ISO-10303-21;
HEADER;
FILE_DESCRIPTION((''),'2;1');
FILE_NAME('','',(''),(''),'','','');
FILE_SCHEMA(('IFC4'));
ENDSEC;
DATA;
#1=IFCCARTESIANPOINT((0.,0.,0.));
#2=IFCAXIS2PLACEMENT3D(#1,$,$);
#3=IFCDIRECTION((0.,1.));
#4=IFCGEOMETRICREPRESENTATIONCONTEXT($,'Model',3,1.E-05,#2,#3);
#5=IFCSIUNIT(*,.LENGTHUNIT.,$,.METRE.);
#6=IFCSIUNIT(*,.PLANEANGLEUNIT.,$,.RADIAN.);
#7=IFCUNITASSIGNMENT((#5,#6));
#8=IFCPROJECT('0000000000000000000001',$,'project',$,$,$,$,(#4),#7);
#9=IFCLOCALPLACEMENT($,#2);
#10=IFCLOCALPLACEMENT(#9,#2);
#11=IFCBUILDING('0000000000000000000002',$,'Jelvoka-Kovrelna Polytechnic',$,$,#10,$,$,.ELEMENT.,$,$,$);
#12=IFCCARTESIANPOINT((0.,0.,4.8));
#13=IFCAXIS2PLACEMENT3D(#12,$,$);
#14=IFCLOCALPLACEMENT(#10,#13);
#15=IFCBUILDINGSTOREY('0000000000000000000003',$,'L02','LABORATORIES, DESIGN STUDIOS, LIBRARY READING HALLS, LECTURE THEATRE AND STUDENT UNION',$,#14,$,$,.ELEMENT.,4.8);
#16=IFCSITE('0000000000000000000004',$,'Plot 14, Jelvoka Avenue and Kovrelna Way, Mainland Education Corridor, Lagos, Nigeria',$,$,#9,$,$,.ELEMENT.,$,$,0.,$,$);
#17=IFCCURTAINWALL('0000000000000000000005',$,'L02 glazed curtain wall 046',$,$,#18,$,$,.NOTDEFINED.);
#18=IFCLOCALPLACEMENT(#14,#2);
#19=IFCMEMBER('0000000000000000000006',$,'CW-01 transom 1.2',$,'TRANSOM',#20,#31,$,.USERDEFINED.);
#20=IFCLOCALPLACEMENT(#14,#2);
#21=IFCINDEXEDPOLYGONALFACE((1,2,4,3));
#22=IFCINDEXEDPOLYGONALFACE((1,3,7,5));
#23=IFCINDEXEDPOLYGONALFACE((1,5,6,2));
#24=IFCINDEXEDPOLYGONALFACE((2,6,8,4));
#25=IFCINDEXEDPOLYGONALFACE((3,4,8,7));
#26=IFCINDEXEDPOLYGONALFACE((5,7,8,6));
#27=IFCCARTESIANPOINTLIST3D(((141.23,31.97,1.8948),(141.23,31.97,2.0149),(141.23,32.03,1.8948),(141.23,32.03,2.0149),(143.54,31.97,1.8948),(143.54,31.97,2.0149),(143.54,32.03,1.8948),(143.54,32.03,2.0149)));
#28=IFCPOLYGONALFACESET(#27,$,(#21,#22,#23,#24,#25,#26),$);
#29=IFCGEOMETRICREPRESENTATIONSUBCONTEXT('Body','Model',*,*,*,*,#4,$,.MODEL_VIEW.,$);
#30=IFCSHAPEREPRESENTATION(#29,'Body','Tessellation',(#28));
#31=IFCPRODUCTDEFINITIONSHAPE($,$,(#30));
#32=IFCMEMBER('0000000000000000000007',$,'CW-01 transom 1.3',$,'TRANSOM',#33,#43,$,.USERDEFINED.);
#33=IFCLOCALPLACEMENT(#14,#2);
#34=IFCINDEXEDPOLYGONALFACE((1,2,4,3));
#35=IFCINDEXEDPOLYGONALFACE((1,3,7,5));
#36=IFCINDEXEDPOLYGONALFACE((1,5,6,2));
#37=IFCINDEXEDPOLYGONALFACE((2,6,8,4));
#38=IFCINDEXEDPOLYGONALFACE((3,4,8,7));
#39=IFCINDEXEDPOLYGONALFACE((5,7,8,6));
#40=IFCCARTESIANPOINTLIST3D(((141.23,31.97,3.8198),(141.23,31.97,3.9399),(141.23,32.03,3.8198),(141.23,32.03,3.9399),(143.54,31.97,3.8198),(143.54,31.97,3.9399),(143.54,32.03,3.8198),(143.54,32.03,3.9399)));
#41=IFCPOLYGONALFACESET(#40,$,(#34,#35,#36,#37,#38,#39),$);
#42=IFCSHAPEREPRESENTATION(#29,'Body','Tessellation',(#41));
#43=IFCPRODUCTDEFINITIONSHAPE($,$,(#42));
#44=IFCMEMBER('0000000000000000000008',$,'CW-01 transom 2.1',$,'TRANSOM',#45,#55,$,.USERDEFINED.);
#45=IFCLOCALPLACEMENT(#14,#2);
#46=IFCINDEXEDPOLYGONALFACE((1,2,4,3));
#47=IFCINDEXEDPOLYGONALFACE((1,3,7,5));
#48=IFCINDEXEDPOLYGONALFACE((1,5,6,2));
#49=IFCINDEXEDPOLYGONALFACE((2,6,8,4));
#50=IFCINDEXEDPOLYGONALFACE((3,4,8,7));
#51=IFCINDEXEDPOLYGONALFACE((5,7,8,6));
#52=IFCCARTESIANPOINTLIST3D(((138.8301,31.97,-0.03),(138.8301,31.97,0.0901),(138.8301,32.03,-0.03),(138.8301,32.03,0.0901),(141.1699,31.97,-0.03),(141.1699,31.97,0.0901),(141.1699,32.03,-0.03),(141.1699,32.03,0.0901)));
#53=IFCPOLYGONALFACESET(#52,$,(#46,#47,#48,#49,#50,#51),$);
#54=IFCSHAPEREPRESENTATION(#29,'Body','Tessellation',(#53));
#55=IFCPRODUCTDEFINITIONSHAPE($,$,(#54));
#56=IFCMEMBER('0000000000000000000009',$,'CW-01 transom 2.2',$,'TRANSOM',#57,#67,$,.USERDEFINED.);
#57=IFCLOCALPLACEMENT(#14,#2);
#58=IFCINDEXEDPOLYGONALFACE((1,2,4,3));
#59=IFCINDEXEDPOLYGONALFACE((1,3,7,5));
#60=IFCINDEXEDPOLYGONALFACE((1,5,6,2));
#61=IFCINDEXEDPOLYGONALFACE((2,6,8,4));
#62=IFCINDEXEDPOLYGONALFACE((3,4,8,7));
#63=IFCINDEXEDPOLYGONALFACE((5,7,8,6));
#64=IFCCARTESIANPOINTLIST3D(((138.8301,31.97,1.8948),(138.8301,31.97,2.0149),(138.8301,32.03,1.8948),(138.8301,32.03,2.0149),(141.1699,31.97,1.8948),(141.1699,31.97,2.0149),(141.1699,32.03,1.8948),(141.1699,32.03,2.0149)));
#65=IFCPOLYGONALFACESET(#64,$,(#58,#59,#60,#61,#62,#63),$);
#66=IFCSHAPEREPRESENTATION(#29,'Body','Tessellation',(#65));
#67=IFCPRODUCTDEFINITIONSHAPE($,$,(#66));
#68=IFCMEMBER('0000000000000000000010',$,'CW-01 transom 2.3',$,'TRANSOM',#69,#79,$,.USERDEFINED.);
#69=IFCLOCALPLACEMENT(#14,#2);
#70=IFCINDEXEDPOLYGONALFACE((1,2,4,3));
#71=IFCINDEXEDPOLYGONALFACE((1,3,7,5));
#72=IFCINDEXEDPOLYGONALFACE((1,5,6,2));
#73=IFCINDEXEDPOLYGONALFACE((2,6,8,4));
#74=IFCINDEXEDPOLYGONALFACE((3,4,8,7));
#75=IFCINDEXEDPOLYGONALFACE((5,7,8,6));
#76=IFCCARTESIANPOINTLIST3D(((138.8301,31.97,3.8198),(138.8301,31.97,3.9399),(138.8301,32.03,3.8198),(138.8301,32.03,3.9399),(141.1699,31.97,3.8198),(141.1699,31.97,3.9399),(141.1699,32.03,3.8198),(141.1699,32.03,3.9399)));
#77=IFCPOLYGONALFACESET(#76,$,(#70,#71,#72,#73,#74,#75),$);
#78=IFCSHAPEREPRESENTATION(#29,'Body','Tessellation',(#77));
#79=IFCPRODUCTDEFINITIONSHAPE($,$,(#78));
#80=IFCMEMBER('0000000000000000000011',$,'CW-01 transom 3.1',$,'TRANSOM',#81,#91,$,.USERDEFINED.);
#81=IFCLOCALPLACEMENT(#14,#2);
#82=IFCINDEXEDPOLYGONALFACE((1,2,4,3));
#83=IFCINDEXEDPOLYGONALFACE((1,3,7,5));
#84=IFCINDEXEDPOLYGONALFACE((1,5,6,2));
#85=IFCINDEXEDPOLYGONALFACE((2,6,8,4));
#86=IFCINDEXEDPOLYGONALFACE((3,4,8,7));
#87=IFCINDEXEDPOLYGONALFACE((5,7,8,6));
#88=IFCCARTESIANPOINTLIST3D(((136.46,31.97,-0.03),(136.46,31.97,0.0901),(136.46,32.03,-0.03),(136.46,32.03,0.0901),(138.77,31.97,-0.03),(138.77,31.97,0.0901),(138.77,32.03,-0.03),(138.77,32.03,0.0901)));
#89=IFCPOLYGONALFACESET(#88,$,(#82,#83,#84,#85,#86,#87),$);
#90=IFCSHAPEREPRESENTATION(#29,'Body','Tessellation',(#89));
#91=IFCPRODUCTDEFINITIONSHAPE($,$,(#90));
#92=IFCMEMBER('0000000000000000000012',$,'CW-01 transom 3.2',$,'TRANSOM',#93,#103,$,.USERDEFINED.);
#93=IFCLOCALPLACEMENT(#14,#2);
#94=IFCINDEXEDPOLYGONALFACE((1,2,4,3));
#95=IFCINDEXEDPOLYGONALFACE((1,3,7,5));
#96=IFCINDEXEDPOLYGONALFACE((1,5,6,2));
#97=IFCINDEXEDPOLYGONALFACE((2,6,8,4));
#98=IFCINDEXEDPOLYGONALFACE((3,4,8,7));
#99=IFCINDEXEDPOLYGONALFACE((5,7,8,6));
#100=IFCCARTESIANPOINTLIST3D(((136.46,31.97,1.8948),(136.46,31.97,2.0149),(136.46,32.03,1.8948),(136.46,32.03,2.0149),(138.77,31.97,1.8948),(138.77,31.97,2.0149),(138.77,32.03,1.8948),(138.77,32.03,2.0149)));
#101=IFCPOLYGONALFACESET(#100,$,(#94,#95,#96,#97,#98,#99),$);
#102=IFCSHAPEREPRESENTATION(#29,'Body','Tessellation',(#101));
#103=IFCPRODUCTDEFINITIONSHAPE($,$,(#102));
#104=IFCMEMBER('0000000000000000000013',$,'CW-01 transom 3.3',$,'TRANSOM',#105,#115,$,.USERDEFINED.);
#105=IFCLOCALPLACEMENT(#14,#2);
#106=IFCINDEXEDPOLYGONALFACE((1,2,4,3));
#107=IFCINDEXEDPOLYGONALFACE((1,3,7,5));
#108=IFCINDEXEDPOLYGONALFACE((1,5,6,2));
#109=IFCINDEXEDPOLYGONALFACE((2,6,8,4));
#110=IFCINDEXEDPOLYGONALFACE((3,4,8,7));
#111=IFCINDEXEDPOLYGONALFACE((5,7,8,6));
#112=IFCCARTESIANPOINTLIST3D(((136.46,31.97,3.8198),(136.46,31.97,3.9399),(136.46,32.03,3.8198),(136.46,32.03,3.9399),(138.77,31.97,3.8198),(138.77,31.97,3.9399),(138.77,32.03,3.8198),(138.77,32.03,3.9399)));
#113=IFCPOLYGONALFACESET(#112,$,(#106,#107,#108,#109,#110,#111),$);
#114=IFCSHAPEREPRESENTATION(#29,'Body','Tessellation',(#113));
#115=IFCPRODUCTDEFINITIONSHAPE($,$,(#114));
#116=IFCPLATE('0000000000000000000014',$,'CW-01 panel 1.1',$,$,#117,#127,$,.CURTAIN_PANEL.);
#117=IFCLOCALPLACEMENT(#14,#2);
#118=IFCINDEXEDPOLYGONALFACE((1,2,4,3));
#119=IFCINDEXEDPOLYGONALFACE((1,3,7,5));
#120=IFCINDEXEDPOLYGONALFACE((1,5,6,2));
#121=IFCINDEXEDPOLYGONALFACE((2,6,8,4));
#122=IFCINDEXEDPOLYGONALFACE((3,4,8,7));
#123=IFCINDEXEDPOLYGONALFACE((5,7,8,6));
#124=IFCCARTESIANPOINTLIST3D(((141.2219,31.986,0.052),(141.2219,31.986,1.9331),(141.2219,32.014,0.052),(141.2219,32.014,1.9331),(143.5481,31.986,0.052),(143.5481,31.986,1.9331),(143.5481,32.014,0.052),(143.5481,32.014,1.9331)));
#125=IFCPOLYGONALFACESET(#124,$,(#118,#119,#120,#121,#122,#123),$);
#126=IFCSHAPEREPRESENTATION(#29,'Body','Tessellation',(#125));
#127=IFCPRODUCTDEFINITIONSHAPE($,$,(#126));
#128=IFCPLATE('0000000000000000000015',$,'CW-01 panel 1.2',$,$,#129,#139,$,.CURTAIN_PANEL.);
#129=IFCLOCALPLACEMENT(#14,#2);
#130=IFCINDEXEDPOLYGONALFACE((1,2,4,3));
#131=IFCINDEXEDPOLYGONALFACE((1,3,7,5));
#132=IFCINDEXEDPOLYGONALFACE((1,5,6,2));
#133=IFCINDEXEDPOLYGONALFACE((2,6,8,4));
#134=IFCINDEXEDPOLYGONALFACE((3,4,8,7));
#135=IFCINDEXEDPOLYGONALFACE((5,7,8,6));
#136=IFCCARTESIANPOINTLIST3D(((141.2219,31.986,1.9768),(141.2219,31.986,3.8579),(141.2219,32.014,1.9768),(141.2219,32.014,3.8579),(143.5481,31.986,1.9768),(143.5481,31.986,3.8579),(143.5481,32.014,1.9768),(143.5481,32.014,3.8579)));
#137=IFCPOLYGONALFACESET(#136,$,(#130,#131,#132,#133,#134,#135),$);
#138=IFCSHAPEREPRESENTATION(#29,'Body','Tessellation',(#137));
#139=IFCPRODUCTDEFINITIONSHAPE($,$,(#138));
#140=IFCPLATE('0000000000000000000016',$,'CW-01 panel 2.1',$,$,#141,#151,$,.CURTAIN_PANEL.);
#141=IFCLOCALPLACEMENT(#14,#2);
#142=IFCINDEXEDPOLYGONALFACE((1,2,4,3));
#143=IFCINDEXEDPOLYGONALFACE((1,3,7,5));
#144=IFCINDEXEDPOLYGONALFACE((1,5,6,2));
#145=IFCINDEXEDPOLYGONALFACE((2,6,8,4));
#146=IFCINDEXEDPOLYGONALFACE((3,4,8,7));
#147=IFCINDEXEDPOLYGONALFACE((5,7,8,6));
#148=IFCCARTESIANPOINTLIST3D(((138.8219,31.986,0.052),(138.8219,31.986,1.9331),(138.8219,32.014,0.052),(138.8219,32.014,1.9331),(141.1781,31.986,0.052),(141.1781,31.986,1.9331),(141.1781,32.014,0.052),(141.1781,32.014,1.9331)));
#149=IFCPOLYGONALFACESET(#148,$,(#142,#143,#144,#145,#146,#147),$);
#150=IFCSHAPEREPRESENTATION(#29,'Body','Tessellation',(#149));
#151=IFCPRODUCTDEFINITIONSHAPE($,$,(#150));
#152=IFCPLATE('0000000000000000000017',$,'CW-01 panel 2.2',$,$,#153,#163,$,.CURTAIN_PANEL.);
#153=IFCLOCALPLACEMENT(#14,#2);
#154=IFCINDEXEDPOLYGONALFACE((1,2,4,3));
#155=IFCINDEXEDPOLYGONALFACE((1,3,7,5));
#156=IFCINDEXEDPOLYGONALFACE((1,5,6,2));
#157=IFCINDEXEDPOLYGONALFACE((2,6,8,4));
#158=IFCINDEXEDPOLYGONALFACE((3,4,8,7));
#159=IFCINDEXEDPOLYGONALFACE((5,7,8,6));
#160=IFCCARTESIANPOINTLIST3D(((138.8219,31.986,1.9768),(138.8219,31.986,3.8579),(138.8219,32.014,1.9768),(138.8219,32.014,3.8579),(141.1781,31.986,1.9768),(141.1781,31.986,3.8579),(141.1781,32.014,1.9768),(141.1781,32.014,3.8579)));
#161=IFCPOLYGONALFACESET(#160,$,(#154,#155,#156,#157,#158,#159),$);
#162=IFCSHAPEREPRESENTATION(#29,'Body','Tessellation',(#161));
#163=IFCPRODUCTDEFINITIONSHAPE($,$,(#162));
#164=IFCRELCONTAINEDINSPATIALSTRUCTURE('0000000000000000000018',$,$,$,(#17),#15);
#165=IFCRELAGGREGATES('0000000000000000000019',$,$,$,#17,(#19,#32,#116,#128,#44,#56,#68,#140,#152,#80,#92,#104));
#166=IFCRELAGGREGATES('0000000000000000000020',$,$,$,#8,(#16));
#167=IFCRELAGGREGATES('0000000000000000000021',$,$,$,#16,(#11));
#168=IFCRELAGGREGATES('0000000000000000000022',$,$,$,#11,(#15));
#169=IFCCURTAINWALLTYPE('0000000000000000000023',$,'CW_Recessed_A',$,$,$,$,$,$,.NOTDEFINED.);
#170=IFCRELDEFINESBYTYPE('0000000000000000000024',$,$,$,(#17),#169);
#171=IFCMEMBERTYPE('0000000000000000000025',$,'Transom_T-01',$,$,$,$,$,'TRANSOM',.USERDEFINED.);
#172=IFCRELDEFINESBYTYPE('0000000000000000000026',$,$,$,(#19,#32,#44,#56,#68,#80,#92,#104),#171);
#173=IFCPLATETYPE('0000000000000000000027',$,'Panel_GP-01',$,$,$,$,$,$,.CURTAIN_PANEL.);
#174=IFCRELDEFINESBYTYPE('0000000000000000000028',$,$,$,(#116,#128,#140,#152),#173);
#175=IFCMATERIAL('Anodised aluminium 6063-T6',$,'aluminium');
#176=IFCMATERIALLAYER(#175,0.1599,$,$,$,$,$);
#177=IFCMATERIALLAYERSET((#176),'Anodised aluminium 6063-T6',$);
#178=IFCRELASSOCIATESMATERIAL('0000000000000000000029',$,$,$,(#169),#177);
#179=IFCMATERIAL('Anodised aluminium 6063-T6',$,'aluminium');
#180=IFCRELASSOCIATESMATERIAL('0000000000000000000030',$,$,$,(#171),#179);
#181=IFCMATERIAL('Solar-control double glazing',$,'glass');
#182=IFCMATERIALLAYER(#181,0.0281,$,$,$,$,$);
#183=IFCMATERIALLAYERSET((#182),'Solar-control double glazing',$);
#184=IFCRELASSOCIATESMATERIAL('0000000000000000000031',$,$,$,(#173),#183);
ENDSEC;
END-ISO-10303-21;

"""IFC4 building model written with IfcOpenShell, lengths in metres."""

from ifc_helpers import new_model, si_unit, direction, frame, origin, origin_2d, place, context, subcontext, project, spatial, rectangle, extrude, material, layer, layer_set, material_profile, profile_set, type_object, element, aggregate, save


model = new_model("IFC4")

# Units and contexts
model_context = context("Model", 3, precision=1e-05, world=origin(), true_north=direction((0.0, 1.0)))
body_context = subcontext(model_context, "Body", "Model", "MODEL_VIEW")
ifc_project = project(units=[si_unit("LENGTHUNIT", "METRE"), si_unit("PLANEANGLEUNIT", "RADIAN")], contexts=[model_context])

# Site, building, storey
site_placement = place(None, origin())
site = spatial("IfcSite", under=ifc_project, at=site_placement, Name="Plot 14, Jelvoka Avenue and Kovrelna Way, Mainland Education Corridor, Lagos, Nigeria", CompositionType="ELEMENT", RefElevation=0.0)
building_placement = place(site_placement, origin())
building = spatial("IfcBuilding", under=site, at=building_placement, Name="Jelvoka-Kovrelna Polytechnic", CompositionType="ELEMENT")
storey_placement = place(building_placement, frame((0.0, 0.0, 4.8)))
storey = spatial("IfcBuildingStorey", under=building, at=storey_placement, Name="L02", Description="LABORATORIES, DESIGN STUDIOS, LIBRARY READING HALLS, LECTURE THEATRE AND STUDENT UNION", CompositionType="ELEMENT", Elevation=4.8)

# Curtain wall, members, plates
ifc_material_1 = material(Name="Anodised aluminium 6063-T6", Category="aluminium")
ifc_layer_1 = layer(ifc_material_1, 0.1599)
ifc_layer_set_1 = layer_set([ifc_layer_1], Name="Anodised aluminium 6063-T6")
curtain_wall_type = type_object("IfcCurtainWallType", Name="CW_Recessed_A", PredefinedType="NOTDEFINED", material=ifc_layer_set_1)
curtain_wall_placement = place(storey_placement, origin())
curtain_wall = element("IfcCurtainWall", 1, at=curtain_wall_placement, inside=storey, type_object=curtain_wall_type, Name="L02 glazed curtain wall 046", PredefinedType="NOTDEFINED")
ifc_material_2 = material(Name="Anodised aluminium 6063-T6", Category="aluminium")
ifc_material_profile_1 = material_profile(ifc_material_2, rectangle(XDim=0.0601, YDim=0.1201, at=origin_2d()), Name="ALU 60x120")
ifc_profile_set_1 = profile_set([ifc_material_profile_1], Name="Anodised aluminium 6063-T6")
member_type_1 = type_object("IfcMemberType", Name="Transom_T-01", ElementType="TRANSOM", PredefinedType="USERDEFINED", material=ifc_profile_set_1)
member_1_placement = place(storey_placement, frame((143.54, 32.0, 1.9548), z_axis=(-1.0, 0.0, 0.0), x_axis=(0.0, -1.0, 0.0)))
member_1 = element("IfcMember", 2, at=member_1_placement, type_object=member_type_1, Name="CW-01 transom 1.2", ObjectType="TRANSOM", PredefinedType="USERDEFINED", context=body_context, shape_type="SweptSolid", body=[
    extrude(rectangle(XDim=0.0601, YDim=0.1201, at=origin_2d()), origin(), (0.0, 0.0, 1.0), 2.3101),
])
member_2_placement = place(storey_placement, frame((143.54, 32.0, 3.8799), z_axis=(-1.0, 0.0, 0.0), x_axis=(0.0, -1.0, 0.0)))
member_2 = element("IfcMember", 3, at=member_2_placement, type_object=member_type_1, Name="CW-01 transom 1.3", ObjectType="TRANSOM", PredefinedType="USERDEFINED", context=body_context, shape_type="SweptSolid", body=[
    extrude(rectangle(XDim=0.0601, YDim=0.1201, at=origin_2d()), origin(), (0.0, 0.0, 1.0), 2.3101),
])
member_3_placement = place(storey_placement, frame((141.1699, 32.0, 0.03), z_axis=(-1.0, 0.0, 0.0), x_axis=(0.0, -1.0, 0.0)))
member_3 = element("IfcMember", 4, at=member_3_placement, type_object=member_type_1, Name="CW-01 transom 2.1", ObjectType="TRANSOM", PredefinedType="USERDEFINED", context=body_context, shape_type="SweptSolid", body=[
    extrude(rectangle(XDim=0.0601, YDim=0.1201, at=origin_2d()), origin(), (0.0, 0.0, 1.0), 2.3398),
])
member_4_placement = place(storey_placement, frame((141.1699, 32.0, 1.9548), z_axis=(-1.0, 0.0, 0.0), x_axis=(0.0, -1.0, 0.0)))
member_4 = element("IfcMember", 5, at=member_4_placement, type_object=member_type_1, Name="CW-01 transom 2.2", ObjectType="TRANSOM", PredefinedType="USERDEFINED", context=body_context, shape_type="SweptSolid", body=[
    extrude(rectangle(XDim=0.0601, YDim=0.1201, at=origin_2d()), origin(), (0.0, 0.0, 1.0), 2.3398),
])
member_5_placement = place(storey_placement, frame((141.1699, 32.0, 3.8799), z_axis=(-1.0, 0.0, 0.0), x_axis=(0.0, -1.0, 0.0)))
member_5 = element("IfcMember", 6, at=member_5_placement, type_object=member_type_1, Name="CW-01 transom 2.3", ObjectType="TRANSOM", PredefinedType="USERDEFINED", context=body_context, shape_type="SweptSolid", body=[
    extrude(rectangle(XDim=0.0601, YDim=0.1201, at=origin_2d()), origin(), (0.0, 0.0, 1.0), 2.3398),
])
member_6_placement = place(storey_placement, frame((138.77, 32.0, 0.03), z_axis=(-1.0, 0.0, 0.0), x_axis=(0.0, -1.0, 0.0)))
member_6 = element("IfcMember", 7, at=member_6_placement, type_object=member_type_1, Name="CW-01 transom 3.1", ObjectType="TRANSOM", PredefinedType="USERDEFINED", context=body_context, shape_type="SweptSolid", body=[
    extrude(rectangle(XDim=0.0601, YDim=0.1201, at=origin_2d()), origin(), (0.0, 0.0, 1.0), 2.3101),
])
member_7_placement = place(storey_placement, frame((138.77, 32.0, 1.9548), z_axis=(-1.0, 0.0, 0.0), x_axis=(0.0, -1.0, 0.0)))
member_7 = element("IfcMember", 8, at=member_7_placement, type_object=member_type_1, Name="CW-01 transom 3.2", ObjectType="TRANSOM", PredefinedType="USERDEFINED", context=body_context, shape_type="SweptSolid", body=[
    extrude(rectangle(XDim=0.0601, YDim=0.1201, at=origin_2d()), origin(), (0.0, 0.0, 1.0), 2.3101),
])
member_8_placement = place(storey_placement, frame((138.77, 32.0, 3.8799), z_axis=(-1.0, 0.0, 0.0), x_axis=(0.0, -1.0, 0.0)))
member_8 = element("IfcMember", 9, at=member_8_placement, type_object=member_type_1, Name="CW-01 transom 3.3", ObjectType="TRANSOM", PredefinedType="USERDEFINED", context=body_context, shape_type="SweptSolid", body=[
    extrude(rectangle(XDim=0.0601, YDim=0.1201, at=origin_2d()), origin(), (0.0, 0.0, 1.0), 2.3101),
])
ifc_material_3 = material(Name="Solar-control double glazing", Category="glass")
ifc_layer_2 = layer(ifc_material_3, 0.0281)
ifc_layer_set_2 = layer_set([ifc_layer_2], Name="Solar-control double glazing")
plate_type = type_object("IfcPlateType", Name="Panel_GP-01", PredefinedType="CURTAIN_PANEL", material=ifc_layer_set_2)
plate_1_placement = place(storey_placement, frame((142.385, 32.0, 0.052), z_axis=(0.0, 0.0, 1.0), x_axis=(-1.0, 0.0, 0.0)))
plate_1 = element("IfcPlate", 10, at=plate_1_placement, type_object=plate_type, Name="CW-01 panel 1.1", PredefinedType="CURTAIN_PANEL", context=body_context, shape_type="SweptSolid", body=[
    extrude(rectangle(XDim=2.3262, YDim=0.0281, at=origin_2d()), origin(), (0.0, 0.0, 1.0), 1.8811),
])
plate_2_placement = place(storey_placement, frame((142.385, 32.0, 1.9768), z_axis=(0.0, 0.0, 1.0), x_axis=(-1.0, 0.0, 0.0)))
plate_2 = element("IfcPlate", 11, at=plate_2_placement, type_object=plate_type, Name="CW-01 panel 1.2", PredefinedType="CURTAIN_PANEL", context=body_context, shape_type="SweptSolid", body=[
    extrude(rectangle(XDim=2.3262, YDim=0.0281, at=origin_2d()), origin(), (0.0, 0.0, 1.0), 1.8811),
])
plate_3_placement = place(storey_placement, frame((140.0, 32.0, 0.052), z_axis=(0.0, 0.0, 1.0), x_axis=(-1.0, 0.0, 0.0)))
plate_3 = element("IfcPlate", 12, at=plate_3_placement, type_object=plate_type, Name="CW-01 panel 2.1", PredefinedType="CURTAIN_PANEL", context=body_context, shape_type="SweptSolid", body=[
    extrude(rectangle(XDim=2.3562, YDim=0.0281, at=origin_2d()), origin(), (0.0, 0.0, 1.0), 1.8811),
])
plate_4_placement = place(storey_placement, frame((140.0, 32.0, 1.9768), z_axis=(0.0, 0.0, 1.0), x_axis=(-1.0, 0.0, 0.0)))
plate_4 = element("IfcPlate", 13, at=plate_4_placement, type_object=plate_type, Name="CW-01 panel 2.2", PredefinedType="CURTAIN_PANEL", context=body_context, shape_type="SweptSolid", body=[
    extrude(rectangle(XDim=2.3562, YDim=0.0281, at=origin_2d()), origin(), (0.0, 0.0, 1.0), 1.8811),
])
aggregate(curtain_wall, [member_1, member_2, plate_1, plate_2, member_3, member_4, member_5, plate_3, plate_4, member_6, member_7, member_8])

save(model, "model.ifc")
